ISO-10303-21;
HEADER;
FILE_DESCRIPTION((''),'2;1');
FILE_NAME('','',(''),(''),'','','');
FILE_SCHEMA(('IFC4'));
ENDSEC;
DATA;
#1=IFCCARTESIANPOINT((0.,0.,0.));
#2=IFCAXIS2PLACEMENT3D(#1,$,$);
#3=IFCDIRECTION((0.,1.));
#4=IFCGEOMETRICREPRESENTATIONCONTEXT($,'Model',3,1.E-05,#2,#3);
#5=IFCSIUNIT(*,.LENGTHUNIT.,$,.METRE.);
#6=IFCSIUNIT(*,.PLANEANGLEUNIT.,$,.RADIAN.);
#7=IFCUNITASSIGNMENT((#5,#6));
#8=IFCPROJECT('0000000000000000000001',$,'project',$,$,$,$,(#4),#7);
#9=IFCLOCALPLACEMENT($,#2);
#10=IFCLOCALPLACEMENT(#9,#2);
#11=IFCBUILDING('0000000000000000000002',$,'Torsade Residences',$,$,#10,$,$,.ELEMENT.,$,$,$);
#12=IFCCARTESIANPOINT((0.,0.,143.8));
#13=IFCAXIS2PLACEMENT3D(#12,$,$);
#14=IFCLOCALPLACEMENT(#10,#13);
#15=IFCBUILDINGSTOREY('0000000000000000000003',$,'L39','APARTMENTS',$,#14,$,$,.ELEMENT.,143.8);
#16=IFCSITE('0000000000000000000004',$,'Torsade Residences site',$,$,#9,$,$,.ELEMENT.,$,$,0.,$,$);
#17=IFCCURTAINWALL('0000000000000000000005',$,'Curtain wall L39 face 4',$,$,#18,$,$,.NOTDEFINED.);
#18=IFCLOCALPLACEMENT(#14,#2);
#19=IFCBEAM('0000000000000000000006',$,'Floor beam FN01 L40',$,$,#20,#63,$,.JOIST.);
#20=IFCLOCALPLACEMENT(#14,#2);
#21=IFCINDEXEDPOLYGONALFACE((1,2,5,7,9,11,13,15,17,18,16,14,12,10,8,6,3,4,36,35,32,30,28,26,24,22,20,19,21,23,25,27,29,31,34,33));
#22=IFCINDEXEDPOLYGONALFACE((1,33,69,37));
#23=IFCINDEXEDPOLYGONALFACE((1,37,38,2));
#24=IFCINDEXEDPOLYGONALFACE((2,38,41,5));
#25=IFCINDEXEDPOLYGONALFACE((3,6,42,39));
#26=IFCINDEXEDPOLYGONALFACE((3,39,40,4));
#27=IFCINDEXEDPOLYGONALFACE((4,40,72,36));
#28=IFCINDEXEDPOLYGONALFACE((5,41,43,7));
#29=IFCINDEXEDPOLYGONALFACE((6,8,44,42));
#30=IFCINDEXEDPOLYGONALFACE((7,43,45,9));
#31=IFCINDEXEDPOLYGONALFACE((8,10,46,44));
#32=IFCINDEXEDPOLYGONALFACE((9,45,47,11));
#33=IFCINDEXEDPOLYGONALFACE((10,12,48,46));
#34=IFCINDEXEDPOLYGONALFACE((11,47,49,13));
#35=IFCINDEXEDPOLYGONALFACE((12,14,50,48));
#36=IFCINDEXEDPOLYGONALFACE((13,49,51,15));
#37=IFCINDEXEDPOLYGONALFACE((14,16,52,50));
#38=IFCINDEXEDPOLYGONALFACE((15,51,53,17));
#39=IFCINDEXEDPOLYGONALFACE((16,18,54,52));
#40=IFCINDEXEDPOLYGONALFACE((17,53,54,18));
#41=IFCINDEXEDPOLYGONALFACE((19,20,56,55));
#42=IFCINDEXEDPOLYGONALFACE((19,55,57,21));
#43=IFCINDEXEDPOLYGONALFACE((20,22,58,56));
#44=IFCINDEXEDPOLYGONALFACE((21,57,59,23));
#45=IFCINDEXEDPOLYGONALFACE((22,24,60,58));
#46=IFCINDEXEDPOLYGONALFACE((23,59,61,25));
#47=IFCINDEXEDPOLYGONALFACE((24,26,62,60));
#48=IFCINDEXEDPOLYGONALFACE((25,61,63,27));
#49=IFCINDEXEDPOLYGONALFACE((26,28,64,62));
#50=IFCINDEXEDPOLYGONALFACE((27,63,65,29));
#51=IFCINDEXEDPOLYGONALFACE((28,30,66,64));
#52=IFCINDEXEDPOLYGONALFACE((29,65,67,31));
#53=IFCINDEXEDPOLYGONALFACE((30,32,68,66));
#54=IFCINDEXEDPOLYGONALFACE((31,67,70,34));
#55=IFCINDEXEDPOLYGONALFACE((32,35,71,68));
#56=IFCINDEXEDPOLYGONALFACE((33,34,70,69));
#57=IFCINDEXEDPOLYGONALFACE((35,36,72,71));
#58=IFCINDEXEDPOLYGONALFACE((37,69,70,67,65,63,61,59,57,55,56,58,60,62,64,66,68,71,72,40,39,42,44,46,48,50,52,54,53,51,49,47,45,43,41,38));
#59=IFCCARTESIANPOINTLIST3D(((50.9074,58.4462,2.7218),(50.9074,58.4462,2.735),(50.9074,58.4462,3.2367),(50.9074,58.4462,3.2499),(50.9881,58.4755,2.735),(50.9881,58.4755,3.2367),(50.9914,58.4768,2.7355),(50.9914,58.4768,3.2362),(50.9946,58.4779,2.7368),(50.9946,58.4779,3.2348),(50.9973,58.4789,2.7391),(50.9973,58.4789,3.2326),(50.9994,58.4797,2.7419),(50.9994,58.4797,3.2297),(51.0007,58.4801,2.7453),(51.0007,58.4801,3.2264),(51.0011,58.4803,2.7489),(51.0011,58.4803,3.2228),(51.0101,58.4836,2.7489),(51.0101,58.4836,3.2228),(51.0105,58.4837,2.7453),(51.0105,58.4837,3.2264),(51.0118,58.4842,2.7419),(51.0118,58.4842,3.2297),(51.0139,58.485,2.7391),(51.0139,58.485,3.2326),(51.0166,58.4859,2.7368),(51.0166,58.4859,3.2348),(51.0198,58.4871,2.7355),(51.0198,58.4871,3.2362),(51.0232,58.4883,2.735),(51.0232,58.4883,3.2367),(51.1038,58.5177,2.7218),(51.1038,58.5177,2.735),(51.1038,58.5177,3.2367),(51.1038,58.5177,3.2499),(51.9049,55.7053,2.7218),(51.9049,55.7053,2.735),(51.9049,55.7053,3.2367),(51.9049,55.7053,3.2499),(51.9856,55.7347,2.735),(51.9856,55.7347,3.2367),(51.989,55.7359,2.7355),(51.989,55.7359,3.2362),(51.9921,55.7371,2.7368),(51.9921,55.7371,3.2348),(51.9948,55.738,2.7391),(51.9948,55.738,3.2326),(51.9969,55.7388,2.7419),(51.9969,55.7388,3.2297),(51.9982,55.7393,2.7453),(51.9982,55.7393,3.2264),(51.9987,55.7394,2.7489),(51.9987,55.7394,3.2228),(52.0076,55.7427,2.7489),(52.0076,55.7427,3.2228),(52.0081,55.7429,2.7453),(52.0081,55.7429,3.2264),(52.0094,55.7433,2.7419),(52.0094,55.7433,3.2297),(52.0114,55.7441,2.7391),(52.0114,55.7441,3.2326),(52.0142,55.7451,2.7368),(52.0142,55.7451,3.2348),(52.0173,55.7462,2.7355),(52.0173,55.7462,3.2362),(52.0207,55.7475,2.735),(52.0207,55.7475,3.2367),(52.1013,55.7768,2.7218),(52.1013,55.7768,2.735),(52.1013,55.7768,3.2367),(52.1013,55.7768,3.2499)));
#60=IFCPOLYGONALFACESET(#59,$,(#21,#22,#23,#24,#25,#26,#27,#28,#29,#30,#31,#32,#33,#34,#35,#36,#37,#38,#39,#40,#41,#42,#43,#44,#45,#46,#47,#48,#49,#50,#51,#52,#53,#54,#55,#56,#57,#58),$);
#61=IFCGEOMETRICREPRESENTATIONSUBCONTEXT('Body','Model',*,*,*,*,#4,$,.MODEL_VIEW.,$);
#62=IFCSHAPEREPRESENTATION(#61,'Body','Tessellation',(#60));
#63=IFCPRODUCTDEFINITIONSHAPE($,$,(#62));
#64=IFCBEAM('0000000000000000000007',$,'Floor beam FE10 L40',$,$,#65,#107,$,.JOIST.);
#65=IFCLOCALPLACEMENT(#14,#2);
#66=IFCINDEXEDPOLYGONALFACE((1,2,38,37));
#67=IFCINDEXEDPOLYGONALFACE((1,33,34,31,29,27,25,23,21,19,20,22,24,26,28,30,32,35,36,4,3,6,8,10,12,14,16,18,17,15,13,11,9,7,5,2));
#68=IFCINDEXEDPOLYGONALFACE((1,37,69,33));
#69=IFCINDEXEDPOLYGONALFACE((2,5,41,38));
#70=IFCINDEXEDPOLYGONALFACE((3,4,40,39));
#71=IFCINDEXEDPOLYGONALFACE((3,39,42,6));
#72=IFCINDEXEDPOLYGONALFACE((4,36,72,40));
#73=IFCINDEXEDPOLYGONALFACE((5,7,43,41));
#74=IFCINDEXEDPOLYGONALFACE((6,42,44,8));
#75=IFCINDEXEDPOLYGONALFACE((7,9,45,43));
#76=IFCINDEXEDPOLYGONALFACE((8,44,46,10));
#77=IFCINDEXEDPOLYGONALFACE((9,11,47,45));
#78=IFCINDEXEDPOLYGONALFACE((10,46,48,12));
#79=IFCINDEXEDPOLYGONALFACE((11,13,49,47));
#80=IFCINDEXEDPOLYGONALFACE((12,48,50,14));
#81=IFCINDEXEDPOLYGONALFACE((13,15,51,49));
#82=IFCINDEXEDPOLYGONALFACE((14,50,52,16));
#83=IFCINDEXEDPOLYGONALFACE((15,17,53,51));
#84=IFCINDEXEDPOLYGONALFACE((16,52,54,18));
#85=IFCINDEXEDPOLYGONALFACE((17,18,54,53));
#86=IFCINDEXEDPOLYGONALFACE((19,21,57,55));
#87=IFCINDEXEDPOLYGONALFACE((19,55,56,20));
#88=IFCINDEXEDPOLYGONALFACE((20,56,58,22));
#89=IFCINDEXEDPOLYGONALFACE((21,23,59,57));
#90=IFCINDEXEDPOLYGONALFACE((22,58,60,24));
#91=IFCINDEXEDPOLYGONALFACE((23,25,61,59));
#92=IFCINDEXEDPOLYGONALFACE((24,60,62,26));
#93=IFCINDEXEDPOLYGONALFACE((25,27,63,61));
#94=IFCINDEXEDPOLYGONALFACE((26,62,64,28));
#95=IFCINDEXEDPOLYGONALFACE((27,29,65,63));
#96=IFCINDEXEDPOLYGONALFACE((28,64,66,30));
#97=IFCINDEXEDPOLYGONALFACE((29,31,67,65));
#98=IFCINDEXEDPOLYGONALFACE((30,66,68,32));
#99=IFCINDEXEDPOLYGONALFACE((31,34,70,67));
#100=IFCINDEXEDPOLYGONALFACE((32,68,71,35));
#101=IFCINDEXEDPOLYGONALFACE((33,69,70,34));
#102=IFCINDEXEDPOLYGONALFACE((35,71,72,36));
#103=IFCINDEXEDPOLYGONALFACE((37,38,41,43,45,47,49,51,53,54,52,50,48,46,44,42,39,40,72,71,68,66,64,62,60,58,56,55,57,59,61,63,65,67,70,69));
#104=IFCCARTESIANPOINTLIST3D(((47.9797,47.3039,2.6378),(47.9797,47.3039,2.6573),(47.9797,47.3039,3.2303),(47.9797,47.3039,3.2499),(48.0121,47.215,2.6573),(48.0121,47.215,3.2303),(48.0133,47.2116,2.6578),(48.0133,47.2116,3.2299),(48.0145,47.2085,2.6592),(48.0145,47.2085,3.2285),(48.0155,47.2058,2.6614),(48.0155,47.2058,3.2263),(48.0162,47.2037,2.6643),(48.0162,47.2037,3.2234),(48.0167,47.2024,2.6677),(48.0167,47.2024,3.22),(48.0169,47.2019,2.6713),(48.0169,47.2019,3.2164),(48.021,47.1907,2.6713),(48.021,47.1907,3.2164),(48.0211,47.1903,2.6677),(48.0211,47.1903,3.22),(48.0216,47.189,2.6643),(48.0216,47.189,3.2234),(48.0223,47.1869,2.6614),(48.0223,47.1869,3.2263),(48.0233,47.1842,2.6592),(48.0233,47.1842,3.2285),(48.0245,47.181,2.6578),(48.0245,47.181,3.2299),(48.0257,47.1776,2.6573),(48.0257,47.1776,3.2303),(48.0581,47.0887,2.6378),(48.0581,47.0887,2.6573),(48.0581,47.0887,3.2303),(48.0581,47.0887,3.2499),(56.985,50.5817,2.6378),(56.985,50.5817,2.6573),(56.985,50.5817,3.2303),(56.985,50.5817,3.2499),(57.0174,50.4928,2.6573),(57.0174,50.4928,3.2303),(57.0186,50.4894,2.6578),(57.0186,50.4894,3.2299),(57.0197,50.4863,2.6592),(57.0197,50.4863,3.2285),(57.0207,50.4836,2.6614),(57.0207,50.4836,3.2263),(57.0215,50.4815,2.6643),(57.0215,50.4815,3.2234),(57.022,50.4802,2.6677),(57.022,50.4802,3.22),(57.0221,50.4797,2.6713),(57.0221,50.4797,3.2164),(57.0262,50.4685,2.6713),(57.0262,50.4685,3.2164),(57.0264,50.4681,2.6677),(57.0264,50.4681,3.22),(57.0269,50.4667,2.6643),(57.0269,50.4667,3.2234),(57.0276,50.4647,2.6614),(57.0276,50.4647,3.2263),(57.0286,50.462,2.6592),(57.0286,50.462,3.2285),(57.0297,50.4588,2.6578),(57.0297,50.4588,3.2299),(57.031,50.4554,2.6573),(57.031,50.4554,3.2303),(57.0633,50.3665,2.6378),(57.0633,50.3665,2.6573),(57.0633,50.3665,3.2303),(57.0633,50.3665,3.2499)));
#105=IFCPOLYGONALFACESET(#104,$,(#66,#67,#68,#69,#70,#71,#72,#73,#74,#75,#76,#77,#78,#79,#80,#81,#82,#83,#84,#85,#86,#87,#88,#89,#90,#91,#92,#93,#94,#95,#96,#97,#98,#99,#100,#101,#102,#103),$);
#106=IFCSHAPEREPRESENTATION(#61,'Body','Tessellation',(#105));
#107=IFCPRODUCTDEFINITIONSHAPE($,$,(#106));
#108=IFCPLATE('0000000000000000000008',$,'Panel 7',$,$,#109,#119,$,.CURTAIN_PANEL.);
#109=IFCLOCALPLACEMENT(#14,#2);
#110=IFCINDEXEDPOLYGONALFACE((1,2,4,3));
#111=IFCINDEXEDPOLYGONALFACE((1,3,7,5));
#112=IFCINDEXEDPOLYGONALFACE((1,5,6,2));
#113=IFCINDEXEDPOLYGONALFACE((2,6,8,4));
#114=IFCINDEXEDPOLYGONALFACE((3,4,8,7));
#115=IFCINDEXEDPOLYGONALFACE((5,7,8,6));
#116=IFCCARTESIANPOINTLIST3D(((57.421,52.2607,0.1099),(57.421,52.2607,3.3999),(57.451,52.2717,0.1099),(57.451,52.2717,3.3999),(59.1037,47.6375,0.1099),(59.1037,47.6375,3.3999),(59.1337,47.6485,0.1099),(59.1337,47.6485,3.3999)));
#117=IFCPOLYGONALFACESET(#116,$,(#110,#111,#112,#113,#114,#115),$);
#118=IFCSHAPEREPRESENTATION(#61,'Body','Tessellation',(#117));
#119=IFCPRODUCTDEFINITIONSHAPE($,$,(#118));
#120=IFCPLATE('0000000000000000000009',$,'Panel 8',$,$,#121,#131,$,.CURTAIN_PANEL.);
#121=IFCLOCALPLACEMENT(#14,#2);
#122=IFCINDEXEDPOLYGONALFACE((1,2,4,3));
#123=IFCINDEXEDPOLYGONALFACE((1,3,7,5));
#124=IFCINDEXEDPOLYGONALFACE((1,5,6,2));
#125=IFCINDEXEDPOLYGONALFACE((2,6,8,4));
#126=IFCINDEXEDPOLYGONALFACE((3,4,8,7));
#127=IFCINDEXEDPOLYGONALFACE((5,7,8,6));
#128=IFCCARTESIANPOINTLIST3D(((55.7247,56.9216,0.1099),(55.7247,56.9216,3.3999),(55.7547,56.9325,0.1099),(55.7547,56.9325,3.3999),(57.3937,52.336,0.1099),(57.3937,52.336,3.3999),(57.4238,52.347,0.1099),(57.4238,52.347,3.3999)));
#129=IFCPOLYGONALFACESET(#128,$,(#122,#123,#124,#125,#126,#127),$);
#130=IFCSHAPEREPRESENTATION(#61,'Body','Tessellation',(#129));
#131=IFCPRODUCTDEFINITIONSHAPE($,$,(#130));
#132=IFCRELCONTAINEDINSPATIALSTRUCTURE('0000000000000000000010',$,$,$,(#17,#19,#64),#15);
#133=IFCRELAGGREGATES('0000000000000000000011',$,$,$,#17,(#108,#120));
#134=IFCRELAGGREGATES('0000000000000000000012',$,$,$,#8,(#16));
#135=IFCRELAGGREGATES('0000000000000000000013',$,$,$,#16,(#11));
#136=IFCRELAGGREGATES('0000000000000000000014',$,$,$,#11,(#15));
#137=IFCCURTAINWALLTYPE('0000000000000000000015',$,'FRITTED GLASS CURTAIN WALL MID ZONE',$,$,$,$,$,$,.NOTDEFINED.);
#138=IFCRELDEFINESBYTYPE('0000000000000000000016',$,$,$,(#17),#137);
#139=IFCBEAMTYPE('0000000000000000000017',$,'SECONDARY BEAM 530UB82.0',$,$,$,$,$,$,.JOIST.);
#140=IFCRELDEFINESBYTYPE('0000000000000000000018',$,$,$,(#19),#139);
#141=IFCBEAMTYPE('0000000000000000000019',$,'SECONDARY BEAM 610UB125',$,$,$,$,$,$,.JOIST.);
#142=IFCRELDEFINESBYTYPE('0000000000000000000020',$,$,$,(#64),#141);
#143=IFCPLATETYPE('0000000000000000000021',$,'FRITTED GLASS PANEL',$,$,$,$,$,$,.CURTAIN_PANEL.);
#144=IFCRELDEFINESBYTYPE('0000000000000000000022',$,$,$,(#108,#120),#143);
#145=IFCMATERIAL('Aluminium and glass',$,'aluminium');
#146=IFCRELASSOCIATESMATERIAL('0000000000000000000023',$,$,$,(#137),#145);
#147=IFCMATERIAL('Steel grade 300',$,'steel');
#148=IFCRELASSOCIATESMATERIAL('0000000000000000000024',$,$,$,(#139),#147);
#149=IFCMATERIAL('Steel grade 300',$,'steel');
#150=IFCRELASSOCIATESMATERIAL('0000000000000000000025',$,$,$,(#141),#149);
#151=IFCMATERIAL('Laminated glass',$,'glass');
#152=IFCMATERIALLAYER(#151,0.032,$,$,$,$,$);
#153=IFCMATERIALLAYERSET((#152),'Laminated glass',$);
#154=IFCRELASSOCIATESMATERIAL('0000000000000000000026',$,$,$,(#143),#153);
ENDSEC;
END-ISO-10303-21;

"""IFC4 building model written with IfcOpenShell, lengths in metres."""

from ifc_helpers import new_model, si_unit, direction, frame, origin, origin_2d, place, context, subcontext, project, spatial, rectangle, i_section, extrude, material, layer, layer_set, material_profile, profile_set, type_object, element, aggregate, save


model = new_model("IFC4")

# Units and contexts
model_context = context("Model", 3, precision=1e-05, world=origin(), true_north=direction((0.0, 1.0)))
body_context = subcontext(model_context, "Body", "Model", "MODEL_VIEW")
ifc_project = project(units=[si_unit("LENGTHUNIT", "METRE"), si_unit("PLANEANGLEUNIT", "RADIAN")], contexts=[model_context])

# Site, building, storey
site_placement = place(None, origin())
site = spatial("IfcSite", under=ifc_project, at=site_placement, Name="Torsade Residences site", CompositionType="ELEMENT", RefElevation=0.0)
building_placement = place(site_placement, origin())
building = spatial("IfcBuilding", under=site, at=building_placement, Name="Torsade Residences", CompositionType="ELEMENT")
storey_placement = place(building_placement, frame((0.0, 0.0, 143.8)))
storey = spatial("IfcBuildingStorey", under=building, at=storey_placement, Name="L39", Description="APARTMENTS", CompositionType="ELEMENT", Elevation=143.8)

# Curtain wall
ifc_material_1 = material(Name="Aluminium and glass", Category="aluminium")
curtain_wall_type = type_object("IfcCurtainWallType", Name="FRITTED GLASS CURTAIN WALL MID ZONE", PredefinedType="NOTDEFINED", material=ifc_material_1)
curtain_wall_placement = place(storey_placement, origin())
curtain_wall = element("IfcCurtainWall", 1, at=curtain_wall_placement, inside=storey, type_object=curtain_wall_type, Name="Curtain wall L39 face 4", PredefinedType="NOTDEFINED")

# Beams
ifc_material_2 = material(Name="Steel grade 300", Category="steel")
ifc_material_profile_1 = material_profile(ifc_material_2, i_section(OverallWidth=0.209, OverallDepth=0.5281, WebThickness=0.0095, FlangeThickness=0.0132, FilletRadius=0.0139, at=origin_2d()), Name="530UB82.0")
ifc_profile_set_1 = profile_set([ifc_material_profile_1], Name="Steel grade 300")
beam_type_1 = type_object("IfcBeamType", Name="SECONDARY BEAM 530UB82.0", PredefinedType="JOIST", material=ifc_profile_set_1)
for number, where, z_axis, x_axis, name in (
    (2, (51.0056, 58.4819, 2.9858), (0.341998, -0.939701, 0.0), (0.939701, 0.341998, 0.0), "Floor beam FN01 L40"),
):
    element("IfcBeam", number, at=place(storey_placement, frame(where, z_axis=z_axis, x_axis=x_axis)), inside=storey, type_object=beam_type_1, Name=name, PredefinedType="JOIST", context=body_context, shape_type="SweptSolid", body=[
        extrude(i_section(OverallWidth=0.209, OverallDepth=0.5281, WebThickness=0.0095, FlangeThickness=0.0132, FilletRadius=0.0139, at=origin_2d()), origin(), (0.0, 0.0, 1.0), 2.9167),
    ])
ifc_material_3 = material(Name="Steel grade 300", Category="steel")
ifc_material_profile_2 = material_profile(ifc_material_3, i_section(OverallWidth=0.229, OverallDepth=0.6121, WebThickness=0.012, FlangeThickness=0.0195, FilletRadius=0.0139, at=origin_2d()), Name="610UB125")
ifc_profile_set_2 = profile_set([ifc_material_profile_2], Name="Steel grade 300")
beam_type_2 = type_object("IfcBeamType", Name="SECONDARY BEAM 610UB125", PredefinedType="JOIST", material=ifc_profile_set_2)
beam_1_placement = place(storey_placement, frame((57.0242, 50.4741, 2.9438), z_axis=(-0.939688, -0.342034, 0.0), x_axis=(0.342034, -0.939688, 0.0)))
element("IfcBeam", 3, at=beam_1_placement, inside=storey, type_object=beam_type_2, Name="Floor beam FE10 L40", PredefinedType="JOIST", context=body_context, shape_type="SweptSolid", body=[
    extrude(i_section(OverallWidth=0.229, OverallDepth=0.6121, WebThickness=0.012, FlangeThickness=0.0195, FilletRadius=0.0139, at=origin_2d()), origin(), (0.0, 0.0, 1.0), 9.5833),
])

# Plates
ifc_material_4 = material(Name="Laminated glass", Category="glass")
ifc_layer_1 = layer(ifc_material_4, 0.032)
ifc_layer_set_1 = layer_set([ifc_layer_1], Name="Laminated glass")
plate_type = type_object("IfcPlateType", Name="FRITTED GLASS PANEL", PredefinedType="CURTAIN_PANEL", material=ifc_layer_set_1)
plate_1_placement = place(storey_placement, frame((58.2773, 49.9546, 0.1099), z_axis=(0.0, 0.0, 1.0), x_axis=(-0.34202, 0.939693, 0.0)))
plate_1 = element("IfcPlate", 4, at=plate_1_placement, type_object=plate_type, Name="Panel 7", PredefinedType="CURTAIN_PANEL", context=body_context, shape_type="SweptSolid", body=[
    extrude(rectangle(XDim=4.9199, YDim=0.032, at=origin_2d()), origin(), (0.0, 0.0, 1.0), 3.29),
])
plate_2_placement = place(storey_placement, frame((56.5742, 54.6343, 0.1099), z_axis=(0.0, 0.0, 1.0), x_axis=(-0.34202, 0.939693, 0.0)))
plate_2 = element("IfcPlate", 5, at=plate_2_placement, type_object=plate_type, Name="Panel 8", PredefinedType="CURTAIN_PANEL", context=body_context, shape_type="SweptSolid", body=[
    extrude(rectangle(XDim=4.8799, YDim=0.032, at=origin_2d()), origin(), (0.0, 0.0, 1.0), 3.29),
])
aggregate(curtain_wall, [plate_1, plate_2])

save(model, "model.ifc")
